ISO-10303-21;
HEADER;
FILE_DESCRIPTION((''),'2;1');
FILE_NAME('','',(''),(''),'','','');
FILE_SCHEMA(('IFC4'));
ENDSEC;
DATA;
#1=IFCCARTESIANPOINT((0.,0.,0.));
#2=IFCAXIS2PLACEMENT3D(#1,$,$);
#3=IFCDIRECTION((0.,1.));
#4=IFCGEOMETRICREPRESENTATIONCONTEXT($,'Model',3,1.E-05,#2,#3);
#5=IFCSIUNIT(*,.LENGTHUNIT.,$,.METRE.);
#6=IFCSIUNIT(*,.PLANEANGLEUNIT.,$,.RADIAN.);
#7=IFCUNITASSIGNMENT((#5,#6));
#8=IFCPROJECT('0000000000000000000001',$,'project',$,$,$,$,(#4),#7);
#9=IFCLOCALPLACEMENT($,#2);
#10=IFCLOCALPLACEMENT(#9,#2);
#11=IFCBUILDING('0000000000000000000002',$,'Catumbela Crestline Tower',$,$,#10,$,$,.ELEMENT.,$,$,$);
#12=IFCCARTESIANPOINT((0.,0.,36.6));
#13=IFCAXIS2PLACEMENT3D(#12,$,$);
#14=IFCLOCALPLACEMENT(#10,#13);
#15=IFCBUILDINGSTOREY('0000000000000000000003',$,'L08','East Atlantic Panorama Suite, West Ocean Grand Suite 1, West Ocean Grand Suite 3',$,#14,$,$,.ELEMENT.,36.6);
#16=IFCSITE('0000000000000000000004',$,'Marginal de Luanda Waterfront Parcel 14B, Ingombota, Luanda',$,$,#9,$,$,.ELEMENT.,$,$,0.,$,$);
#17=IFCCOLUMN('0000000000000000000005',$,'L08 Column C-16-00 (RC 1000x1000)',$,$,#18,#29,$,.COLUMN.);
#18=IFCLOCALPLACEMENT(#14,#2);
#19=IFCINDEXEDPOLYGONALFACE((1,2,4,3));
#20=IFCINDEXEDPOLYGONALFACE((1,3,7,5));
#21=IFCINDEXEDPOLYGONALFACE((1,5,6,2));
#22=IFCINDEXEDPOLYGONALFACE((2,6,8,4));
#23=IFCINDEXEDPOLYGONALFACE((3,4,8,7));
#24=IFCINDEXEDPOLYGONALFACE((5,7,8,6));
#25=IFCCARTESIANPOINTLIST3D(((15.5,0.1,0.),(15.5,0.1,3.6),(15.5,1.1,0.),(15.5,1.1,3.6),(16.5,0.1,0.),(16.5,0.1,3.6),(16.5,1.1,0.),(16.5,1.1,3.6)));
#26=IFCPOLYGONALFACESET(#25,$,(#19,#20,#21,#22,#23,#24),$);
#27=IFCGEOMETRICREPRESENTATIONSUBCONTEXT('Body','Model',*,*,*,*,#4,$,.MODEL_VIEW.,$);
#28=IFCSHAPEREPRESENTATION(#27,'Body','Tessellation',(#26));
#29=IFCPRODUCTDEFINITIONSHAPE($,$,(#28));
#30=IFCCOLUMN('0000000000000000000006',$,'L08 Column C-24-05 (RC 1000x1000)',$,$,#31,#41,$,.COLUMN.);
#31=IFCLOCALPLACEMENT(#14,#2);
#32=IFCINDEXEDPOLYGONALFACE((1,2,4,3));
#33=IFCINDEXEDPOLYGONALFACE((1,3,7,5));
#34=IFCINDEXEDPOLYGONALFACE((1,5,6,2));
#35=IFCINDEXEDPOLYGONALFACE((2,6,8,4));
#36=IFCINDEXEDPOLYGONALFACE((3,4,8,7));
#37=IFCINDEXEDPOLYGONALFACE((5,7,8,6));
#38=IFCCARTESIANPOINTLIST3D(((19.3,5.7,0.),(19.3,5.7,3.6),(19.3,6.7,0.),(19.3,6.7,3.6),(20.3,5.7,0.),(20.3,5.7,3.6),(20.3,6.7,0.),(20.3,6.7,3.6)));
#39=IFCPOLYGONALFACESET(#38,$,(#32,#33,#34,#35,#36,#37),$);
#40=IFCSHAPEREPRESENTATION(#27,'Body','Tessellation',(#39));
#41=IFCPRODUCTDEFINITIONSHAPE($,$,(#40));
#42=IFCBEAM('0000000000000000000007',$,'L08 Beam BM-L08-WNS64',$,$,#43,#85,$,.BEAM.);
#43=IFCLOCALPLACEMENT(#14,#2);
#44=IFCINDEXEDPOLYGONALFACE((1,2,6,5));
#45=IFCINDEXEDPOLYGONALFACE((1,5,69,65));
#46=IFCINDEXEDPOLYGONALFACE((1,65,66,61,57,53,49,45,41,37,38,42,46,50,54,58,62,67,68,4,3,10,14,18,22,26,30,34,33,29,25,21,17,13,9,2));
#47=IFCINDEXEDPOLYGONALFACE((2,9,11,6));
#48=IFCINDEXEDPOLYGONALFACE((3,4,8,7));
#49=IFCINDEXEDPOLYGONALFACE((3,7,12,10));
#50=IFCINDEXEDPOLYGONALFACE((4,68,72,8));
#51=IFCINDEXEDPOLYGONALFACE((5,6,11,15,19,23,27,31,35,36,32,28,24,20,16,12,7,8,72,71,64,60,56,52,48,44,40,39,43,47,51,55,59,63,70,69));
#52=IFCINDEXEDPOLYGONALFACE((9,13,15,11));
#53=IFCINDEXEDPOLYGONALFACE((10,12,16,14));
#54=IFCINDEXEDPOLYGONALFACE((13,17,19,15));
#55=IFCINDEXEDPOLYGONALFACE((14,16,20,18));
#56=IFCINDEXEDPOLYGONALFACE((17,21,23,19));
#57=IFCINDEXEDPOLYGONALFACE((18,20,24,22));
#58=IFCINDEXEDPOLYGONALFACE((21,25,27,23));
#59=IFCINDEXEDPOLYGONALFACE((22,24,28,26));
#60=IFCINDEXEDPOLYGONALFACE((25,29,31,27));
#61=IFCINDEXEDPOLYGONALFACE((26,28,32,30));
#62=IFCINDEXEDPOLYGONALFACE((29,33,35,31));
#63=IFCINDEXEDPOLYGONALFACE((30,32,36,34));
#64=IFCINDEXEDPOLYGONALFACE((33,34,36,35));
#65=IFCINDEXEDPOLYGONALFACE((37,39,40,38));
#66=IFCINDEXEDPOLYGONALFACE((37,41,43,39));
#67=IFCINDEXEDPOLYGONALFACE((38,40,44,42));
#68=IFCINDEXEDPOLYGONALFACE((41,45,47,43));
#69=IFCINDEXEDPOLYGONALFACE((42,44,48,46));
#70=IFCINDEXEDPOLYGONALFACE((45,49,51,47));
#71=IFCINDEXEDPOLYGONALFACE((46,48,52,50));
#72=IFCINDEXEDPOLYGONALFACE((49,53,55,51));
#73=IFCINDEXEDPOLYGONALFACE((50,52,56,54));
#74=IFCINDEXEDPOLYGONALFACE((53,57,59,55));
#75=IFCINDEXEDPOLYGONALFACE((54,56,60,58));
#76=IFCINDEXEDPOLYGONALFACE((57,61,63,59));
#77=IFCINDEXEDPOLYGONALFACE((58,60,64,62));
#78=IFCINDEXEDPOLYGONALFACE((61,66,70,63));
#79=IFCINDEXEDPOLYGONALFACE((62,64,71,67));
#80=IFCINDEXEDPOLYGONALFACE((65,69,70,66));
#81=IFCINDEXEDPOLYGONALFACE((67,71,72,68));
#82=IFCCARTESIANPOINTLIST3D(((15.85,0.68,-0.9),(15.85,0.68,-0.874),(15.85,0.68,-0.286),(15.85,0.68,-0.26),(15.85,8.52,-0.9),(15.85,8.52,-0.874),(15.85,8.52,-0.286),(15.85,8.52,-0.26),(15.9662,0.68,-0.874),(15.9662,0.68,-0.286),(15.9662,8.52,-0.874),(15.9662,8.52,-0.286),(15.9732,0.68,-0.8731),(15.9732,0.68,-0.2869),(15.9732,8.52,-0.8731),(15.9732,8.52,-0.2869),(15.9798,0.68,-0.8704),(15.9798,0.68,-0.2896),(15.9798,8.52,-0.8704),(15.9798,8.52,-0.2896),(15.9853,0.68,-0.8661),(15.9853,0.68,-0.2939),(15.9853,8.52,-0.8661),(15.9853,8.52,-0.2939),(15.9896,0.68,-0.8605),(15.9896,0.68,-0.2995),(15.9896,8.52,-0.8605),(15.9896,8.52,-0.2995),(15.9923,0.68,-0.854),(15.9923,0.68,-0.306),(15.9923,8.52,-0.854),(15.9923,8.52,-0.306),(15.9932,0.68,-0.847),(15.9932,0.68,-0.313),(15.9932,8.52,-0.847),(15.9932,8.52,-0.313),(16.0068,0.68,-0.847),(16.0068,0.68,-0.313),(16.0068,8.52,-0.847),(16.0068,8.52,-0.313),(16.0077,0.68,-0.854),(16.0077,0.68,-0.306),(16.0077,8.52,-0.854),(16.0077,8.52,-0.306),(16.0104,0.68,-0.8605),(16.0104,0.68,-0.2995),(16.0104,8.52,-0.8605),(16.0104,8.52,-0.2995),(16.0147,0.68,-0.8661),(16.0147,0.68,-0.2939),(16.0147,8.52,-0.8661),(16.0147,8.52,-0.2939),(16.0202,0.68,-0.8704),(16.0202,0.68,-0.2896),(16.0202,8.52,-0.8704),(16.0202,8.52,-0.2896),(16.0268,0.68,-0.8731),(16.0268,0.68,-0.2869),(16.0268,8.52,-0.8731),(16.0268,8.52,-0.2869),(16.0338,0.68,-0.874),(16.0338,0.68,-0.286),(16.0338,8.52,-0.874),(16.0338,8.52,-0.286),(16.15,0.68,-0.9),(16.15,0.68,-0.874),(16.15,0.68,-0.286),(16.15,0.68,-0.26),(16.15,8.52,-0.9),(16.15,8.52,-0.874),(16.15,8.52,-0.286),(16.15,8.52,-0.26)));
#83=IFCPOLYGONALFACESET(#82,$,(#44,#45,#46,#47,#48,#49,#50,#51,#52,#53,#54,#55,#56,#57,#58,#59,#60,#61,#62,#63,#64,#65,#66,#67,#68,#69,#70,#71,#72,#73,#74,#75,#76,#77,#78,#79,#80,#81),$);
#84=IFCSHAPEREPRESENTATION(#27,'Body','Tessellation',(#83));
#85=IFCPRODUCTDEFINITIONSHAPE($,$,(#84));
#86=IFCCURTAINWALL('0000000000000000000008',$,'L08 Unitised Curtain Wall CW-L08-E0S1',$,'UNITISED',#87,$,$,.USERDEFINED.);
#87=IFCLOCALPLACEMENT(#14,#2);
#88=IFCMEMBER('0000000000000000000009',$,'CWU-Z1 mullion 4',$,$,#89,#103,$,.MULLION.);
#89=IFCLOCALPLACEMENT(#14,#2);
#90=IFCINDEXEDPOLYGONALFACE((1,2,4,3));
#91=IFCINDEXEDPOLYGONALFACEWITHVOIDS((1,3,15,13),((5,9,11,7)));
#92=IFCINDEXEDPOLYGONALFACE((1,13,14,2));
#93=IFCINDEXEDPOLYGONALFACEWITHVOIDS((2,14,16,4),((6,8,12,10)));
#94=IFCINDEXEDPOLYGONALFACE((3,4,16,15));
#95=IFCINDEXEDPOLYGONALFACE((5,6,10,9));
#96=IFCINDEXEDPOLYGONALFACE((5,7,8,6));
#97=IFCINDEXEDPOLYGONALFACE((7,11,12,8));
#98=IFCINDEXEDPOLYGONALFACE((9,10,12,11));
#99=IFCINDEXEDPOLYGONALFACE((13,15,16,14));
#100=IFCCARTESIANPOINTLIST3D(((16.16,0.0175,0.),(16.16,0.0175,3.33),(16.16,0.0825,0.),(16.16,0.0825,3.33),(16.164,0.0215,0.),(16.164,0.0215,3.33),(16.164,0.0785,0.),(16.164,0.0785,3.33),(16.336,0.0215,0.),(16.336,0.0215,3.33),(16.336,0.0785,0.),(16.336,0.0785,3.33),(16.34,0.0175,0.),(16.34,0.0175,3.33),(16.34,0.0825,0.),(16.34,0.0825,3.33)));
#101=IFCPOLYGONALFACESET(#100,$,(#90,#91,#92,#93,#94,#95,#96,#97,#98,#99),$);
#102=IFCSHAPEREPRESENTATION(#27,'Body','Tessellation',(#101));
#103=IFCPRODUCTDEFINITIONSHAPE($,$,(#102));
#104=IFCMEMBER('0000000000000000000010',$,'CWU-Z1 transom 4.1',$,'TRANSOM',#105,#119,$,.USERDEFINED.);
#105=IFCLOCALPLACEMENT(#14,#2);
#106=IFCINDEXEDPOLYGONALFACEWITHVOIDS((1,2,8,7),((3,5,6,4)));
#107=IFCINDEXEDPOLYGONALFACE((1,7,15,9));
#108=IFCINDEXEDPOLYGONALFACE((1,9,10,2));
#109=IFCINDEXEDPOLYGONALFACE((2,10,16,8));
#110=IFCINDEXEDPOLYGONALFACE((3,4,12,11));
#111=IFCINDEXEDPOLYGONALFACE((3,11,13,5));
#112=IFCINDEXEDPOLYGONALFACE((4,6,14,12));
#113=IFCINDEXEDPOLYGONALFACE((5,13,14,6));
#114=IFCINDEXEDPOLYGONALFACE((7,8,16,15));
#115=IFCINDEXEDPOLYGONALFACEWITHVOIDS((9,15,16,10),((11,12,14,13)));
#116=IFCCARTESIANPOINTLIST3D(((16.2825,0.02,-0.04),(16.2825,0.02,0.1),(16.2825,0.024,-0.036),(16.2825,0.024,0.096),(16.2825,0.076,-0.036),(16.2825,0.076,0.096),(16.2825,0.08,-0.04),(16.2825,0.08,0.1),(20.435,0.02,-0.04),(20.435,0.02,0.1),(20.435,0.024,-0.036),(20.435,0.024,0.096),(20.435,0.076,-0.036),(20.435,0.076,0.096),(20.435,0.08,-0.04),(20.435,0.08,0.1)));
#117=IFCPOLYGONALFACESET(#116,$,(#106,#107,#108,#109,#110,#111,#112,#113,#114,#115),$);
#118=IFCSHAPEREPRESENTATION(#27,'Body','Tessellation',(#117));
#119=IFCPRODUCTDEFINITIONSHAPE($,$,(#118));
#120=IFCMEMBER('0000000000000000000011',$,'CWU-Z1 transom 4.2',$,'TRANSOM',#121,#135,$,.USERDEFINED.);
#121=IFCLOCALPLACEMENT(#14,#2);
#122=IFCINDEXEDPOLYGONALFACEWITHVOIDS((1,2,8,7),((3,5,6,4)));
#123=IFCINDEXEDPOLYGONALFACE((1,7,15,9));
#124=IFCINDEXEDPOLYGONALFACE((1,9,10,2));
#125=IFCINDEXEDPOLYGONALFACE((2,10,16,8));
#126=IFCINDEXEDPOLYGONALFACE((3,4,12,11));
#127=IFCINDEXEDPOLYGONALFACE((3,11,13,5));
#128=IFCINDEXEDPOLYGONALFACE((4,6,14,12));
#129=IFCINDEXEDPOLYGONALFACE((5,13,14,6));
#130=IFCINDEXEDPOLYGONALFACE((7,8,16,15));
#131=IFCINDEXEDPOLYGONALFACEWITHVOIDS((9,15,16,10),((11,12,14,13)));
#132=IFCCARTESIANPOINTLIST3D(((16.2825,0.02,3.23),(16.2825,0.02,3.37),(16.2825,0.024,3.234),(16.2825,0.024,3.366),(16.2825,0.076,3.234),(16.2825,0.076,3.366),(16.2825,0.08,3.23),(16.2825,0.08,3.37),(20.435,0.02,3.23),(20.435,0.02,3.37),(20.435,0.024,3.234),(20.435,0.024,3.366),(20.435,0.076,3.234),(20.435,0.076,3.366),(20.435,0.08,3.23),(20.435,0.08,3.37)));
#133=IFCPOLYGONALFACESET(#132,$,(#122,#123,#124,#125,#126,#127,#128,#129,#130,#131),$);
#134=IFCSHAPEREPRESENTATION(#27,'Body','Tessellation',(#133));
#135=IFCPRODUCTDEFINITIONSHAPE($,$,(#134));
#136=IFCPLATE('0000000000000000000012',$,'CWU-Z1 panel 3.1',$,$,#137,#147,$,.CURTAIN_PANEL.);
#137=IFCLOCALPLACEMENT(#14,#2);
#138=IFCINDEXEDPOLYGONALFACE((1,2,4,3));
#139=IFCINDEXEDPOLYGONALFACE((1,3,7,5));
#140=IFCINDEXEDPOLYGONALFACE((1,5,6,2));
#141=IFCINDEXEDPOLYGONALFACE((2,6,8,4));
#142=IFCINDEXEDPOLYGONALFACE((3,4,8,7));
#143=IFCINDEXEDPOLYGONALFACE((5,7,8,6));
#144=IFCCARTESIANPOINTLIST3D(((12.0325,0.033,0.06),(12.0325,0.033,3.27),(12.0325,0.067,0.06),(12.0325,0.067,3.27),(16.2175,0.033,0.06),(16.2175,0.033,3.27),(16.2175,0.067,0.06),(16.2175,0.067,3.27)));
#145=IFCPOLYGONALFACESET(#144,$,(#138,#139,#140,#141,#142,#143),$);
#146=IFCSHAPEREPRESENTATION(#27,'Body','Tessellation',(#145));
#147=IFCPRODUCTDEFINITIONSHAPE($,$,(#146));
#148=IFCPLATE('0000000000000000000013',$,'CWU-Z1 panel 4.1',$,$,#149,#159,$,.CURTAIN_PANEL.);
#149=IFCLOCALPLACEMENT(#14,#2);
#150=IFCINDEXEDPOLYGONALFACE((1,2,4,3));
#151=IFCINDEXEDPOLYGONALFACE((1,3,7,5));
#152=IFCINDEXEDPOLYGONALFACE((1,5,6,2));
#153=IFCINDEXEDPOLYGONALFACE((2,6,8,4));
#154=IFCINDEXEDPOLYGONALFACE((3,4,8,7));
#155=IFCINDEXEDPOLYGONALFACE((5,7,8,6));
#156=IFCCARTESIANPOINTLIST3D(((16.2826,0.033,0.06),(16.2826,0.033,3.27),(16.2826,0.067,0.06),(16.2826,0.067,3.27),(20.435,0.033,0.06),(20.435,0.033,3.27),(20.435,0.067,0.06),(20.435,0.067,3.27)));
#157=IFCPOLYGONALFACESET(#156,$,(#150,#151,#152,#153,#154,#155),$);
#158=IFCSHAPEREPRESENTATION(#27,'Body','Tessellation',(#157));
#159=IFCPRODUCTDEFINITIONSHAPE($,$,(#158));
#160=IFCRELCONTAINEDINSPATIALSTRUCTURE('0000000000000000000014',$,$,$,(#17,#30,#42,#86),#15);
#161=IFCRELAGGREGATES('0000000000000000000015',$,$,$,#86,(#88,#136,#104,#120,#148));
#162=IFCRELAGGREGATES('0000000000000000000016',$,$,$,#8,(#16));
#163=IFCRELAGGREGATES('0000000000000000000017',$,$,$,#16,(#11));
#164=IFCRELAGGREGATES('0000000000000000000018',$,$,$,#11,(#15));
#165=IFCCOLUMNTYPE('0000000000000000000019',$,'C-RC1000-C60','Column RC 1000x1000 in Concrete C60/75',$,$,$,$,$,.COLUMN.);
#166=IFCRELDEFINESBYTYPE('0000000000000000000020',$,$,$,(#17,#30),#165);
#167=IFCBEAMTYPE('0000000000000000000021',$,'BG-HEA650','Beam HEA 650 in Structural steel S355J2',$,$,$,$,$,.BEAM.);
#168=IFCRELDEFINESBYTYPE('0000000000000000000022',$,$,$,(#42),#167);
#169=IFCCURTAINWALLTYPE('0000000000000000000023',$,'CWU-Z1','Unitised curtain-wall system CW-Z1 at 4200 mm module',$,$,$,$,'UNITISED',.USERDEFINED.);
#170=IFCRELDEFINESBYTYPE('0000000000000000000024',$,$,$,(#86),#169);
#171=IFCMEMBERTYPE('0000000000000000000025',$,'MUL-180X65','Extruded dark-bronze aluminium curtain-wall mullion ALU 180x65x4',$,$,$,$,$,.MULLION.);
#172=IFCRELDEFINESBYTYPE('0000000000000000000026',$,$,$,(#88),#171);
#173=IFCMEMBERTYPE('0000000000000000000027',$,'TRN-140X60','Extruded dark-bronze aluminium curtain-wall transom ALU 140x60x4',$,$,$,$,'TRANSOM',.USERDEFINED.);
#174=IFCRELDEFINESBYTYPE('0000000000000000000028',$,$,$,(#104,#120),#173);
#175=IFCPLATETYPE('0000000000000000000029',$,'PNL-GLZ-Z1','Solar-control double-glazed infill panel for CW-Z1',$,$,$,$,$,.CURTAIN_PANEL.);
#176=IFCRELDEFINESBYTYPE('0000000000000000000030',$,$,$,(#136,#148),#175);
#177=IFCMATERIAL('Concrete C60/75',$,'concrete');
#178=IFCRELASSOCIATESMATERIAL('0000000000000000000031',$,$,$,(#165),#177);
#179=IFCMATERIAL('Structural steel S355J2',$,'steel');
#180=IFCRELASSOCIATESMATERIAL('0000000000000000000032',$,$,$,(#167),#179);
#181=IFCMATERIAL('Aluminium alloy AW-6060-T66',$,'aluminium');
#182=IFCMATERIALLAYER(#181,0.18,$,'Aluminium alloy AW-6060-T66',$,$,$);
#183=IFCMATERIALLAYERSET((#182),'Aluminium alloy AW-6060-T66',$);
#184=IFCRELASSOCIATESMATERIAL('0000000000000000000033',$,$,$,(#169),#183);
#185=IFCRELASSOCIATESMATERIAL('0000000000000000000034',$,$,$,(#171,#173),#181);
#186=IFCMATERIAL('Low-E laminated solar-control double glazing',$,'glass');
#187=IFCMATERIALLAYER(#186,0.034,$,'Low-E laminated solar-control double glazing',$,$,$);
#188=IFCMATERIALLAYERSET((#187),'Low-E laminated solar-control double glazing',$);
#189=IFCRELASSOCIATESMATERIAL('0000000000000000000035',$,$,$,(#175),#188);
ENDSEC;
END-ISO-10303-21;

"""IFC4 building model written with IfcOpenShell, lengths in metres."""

from ifc_helpers import new_model, si_unit, direction, frame, origin, origin_2d, place, context, subcontext, project, spatial, rectangle, hollow_rectangle, i_section, extrude, material, layer, layer_set, material_profile, profile_set, type_object, element, aggregate, save


model = new_model("IFC4")

# Units and contexts
model_context = context("Model", 3, precision=1e-05, world=origin(), true_north=direction((0.0, 1.0)))
body_context = subcontext(model_context, "Body", "Model", "MODEL_VIEW")
ifc_project = project(units=[si_unit("LENGTHUNIT", "METRE"), si_unit("PLANEANGLEUNIT", "RADIAN")], contexts=[model_context])

# Site, building, storey
site_placement = place(None, origin())
site = spatial("IfcSite", under=ifc_project, at=site_placement, Name="Marginal de Luanda Waterfront Parcel 14B, Ingombota, Luanda", CompositionType="ELEMENT", RefElevation=0.0)
building_placement = place(site_placement, origin())
building = spatial("IfcBuilding", under=site, at=building_placement, Name="Catumbela Crestline Tower", CompositionType="ELEMENT")
storey_placement = place(building_placement, frame((0.0, 0.0, 36.6)))
storey = spatial("IfcBuildingStorey", under=building, at=storey_placement, Name="L08", Description="East Atlantic Panorama Suite, West Ocean Grand Suite 1, West Ocean Grand Suite 3", CompositionType="ELEMENT", Elevation=36.6)

# Columns
ifc_material_1 = material(Name="Concrete C60/75", Category="concrete")
ifc_material_profile_1 = material_profile(ifc_material_1, rectangle(XDim=1.0, YDim=1.0, at=origin_2d()), Name="RC 1000x1000")
ifc_profile_set_1 = profile_set([ifc_material_profile_1], Name="Concrete C60/75")
column_type = type_object("IfcColumnType", Name="C-RC1000-C60", Description="Column RC 1000x1000 in Concrete C60/75", PredefinedType="COLUMN", material=ifc_profile_set_1)
for number, where, z_axis, x_axis, name in (
    (1, (16.0, 0.6, 0.0), (0.0, 0.0, 1.0), (1.0, 0.0, 0.0), "L08 Column C-16-00 (RC 1000x1000)"),
    (2, (19.8, 6.2, 0.0), (0.0, 0.0, 1.0), (1.0, 0.0, 0.0), "L08 Column C-24-05 (RC 1000x1000)"),
):
    element("IfcColumn", number, at=place(storey_placement, frame(where, z_axis=z_axis, x_axis=x_axis)), inside=storey, type_object=column_type, Name=name, PredefinedType="COLUMN", context=body_context, shape_type="SweptSolid", body=[
        extrude(rectangle(XDim=1.0, YDim=1.0, at=origin_2d()), origin(), (0.0, 0.0, 1.0), 3.6),
    ])

# Beam
ifc_material_2 = material(Name="Structural steel S355J2", Category="steel")
ifc_material_profile_2 = material_profile(ifc_material_2, i_section(OverallWidth=0.3, OverallDepth=0.64, WebThickness=0.0135, FlangeThickness=0.026, FilletRadius=0.027, at=origin_2d()), Name="HEA 650")
ifc_profile_set_2 = profile_set([ifc_material_profile_2], Name="Structural steel S355J2")
beam_type = type_object("IfcBeamType", Name="BG-HEA650", Description="Beam HEA 650 in Structural steel S355J2", PredefinedType="BEAM", material=ifc_profile_set_2)
beam_placement = place(storey_placement, frame((16.0, 0.68, -0.58), z_axis=(0.0, 1.0, 0.0), x_axis=(-1.0, 0.0, 0.0)))
element("IfcBeam", 3, at=beam_placement, inside=storey, type_object=beam_type, Name="L08 Beam BM-L08-WNS64", PredefinedType="BEAM", context=body_context, shape_type="SweptSolid", body=[
    extrude(i_section(OverallWidth=0.3, OverallDepth=0.64, WebThickness=0.0135, FlangeThickness=0.026, FilletRadius=0.027, at=origin_2d()), origin(), (0.0, 0.0, 1.0), 7.84),
])

# Curtain wall, members, plates
ifc_material_3 = material(Name="Aluminium alloy AW-6060-T66", Category="aluminium")
ifc_layer_1 = layer(ifc_material_3, 0.18, Name="Aluminium alloy AW-6060-T66")
ifc_layer_set_1 = layer_set([ifc_layer_1], Name="Aluminium alloy AW-6060-T66")
curtain_wall_type = type_object("IfcCurtainWallType", Name="CWU-Z1", Description="Unitised curtain-wall system CW-Z1 at 4200 mm module", ElementType="UNITISED", PredefinedType="USERDEFINED", material=ifc_layer_set_1)
curtain_wall_placement = place(storey_placement, origin())
curtain_wall = element("IfcCurtainWall", 4, at=curtain_wall_placement, inside=storey, type_object=curtain_wall_type, Name="L08 Unitised Curtain Wall CW-L08-E0S1", ObjectType="UNITISED", PredefinedType="USERDEFINED")
ifc_material_profile_3 = material_profile(ifc_material_3, hollow_rectangle(XDim=0.065, YDim=0.18, WallThickness=0.004, at=origin_2d()), Name="ALU 180x65x4")
ifc_profile_set_3 = profile_set([ifc_material_profile_3], Name="Aluminium alloy AW-6060-T66")
member_type_1 = type_object("IfcMemberType", Name="MUL-180X65", Description="Extruded dark-bronze aluminium curtain-wall mullion ALU 180x65x4", PredefinedType="MULLION", material=ifc_profile_set_3)
member_1_placement = place(storey_placement, frame((16.25, 0.05, 0.0), z_axis=(0.0, 0.0, 1.0), x_axis=(0.0, 1.0, 0.0)))
member_1 = element("IfcMember", 5, at=member_1_placement, type_object=member_type_1, Name="CWU-Z1 mullion 4", PredefinedType="MULLION", context=body_context, shape_type="SweptSolid", body=[
    extrude(hollow_rectangle(XDim=0.065, YDim=0.18, WallThickness=0.004, at=origin_2d()), origin(), (0.0, 0.0, 1.0), 3.33),
])
ifc_material_profile_4 = material_profile(ifc_material_3, hollow_rectangle(XDim=0.06, YDim=0.14, WallThickness=0.004, at=origin_2d()), Name="ALU 140x60x4")
ifc_profile_set_4 = profile_set([ifc_material_profile_4], Name="Aluminium alloy AW-6060-T66")
member_type_2 = type_object("IfcMemberType", Name="TRN-140X60", Description="Extruded dark-bronze aluminium curtain-wall transom ALU 140x60x4", ElementType="TRANSOM", PredefinedType="USERDEFINED", material=ifc_profile_set_4)
member_2_placement = place(storey_placement, frame((16.2825, 0.05, 0.03), z_axis=(1.0, 0.0, 0.0), x_axis=(0.0, 1.0, 0.0)))
member_2 = element("IfcMember", 6, at=member_2_placement, type_object=member_type_2, Name="CWU-Z1 transom 4.1", ObjectType="TRANSOM", PredefinedType="USERDEFINED", context=body_context, shape_type="SweptSolid", body=[
    extrude(hollow_rectangle(XDim=0.06, YDim=0.14, WallThickness=0.004, at=origin_2d()), origin(), (0.0, 0.0, 1.0), 4.1525),
])
member_3_placement = place(storey_placement, frame((16.2825, 0.05, 3.3), z_axis=(1.0, 0.0, 0.0), x_axis=(0.0, 1.0, 0.0)))
member_3 = element("IfcMember", 7, at=member_3_placement, type_object=member_type_2, Name="CWU-Z1 transom 4.2", ObjectType="TRANSOM", PredefinedType="USERDEFINED", context=body_context, shape_type="SweptSolid", body=[
    extrude(hollow_rectangle(XDim=0.06, YDim=0.14, WallThickness=0.004, at=origin_2d()), origin(), (0.0, 0.0, 1.0), 4.1525),
])
ifc_material_4 = material(Name="Low-E laminated solar-control double glazing", Category="glass")
ifc_layer_2 = layer(ifc_material_4, 0.034, Name="Low-E laminated solar-control double glazing")
ifc_layer_set_2 = layer_set([ifc_layer_2], Name="Low-E laminated solar-control double glazing")
plate_type = type_object("IfcPlateType", Name="PNL-GLZ-Z1", Description="Solar-control double-glazed infill panel for CW-Z1", PredefinedType="CURTAIN_PANEL", material=ifc_layer_set_2)
plate_1_placement = place(storey_placement, frame((14.125, 0.05, 0.06), z_axis=(0.0, 0.0, 1.0), x_axis=(1.0, 0.0, 0.0)))
plate_1 = element("IfcPlate", 8, at=plate_1_placement, type_object=plate_type, Name="CWU-Z1 panel 3.1", PredefinedType="CURTAIN_PANEL", context=body_context, shape_type="SweptSolid", body=[
    extrude(rectangle(XDim=4.185, YDim=0.034, at=origin_2d()), origin(), (0.0, 0.0, 1.0), 3.21),
])
plate_2_placement = place(storey_placement, frame((18.3588, 0.05, 0.06), z_axis=(0.0, 0.0, 1.0), x_axis=(1.0, 0.0, 0.0)))
plate_2 = element("IfcPlate", 9, at=plate_2_placement, type_object=plate_type, Name="CWU-Z1 panel 4.1", PredefinedType="CURTAIN_PANEL", context=body_context, shape_type="SweptSolid", body=[
    extrude(rectangle(XDim=4.1525, YDim=0.034, at=origin_2d()), origin(), (0.0, 0.0, 1.0), 3.21),
])
aggregate(curtain_wall, [member_1, plate_1, member_2, member_3, plate_2])

save(model, "model.ifc")
